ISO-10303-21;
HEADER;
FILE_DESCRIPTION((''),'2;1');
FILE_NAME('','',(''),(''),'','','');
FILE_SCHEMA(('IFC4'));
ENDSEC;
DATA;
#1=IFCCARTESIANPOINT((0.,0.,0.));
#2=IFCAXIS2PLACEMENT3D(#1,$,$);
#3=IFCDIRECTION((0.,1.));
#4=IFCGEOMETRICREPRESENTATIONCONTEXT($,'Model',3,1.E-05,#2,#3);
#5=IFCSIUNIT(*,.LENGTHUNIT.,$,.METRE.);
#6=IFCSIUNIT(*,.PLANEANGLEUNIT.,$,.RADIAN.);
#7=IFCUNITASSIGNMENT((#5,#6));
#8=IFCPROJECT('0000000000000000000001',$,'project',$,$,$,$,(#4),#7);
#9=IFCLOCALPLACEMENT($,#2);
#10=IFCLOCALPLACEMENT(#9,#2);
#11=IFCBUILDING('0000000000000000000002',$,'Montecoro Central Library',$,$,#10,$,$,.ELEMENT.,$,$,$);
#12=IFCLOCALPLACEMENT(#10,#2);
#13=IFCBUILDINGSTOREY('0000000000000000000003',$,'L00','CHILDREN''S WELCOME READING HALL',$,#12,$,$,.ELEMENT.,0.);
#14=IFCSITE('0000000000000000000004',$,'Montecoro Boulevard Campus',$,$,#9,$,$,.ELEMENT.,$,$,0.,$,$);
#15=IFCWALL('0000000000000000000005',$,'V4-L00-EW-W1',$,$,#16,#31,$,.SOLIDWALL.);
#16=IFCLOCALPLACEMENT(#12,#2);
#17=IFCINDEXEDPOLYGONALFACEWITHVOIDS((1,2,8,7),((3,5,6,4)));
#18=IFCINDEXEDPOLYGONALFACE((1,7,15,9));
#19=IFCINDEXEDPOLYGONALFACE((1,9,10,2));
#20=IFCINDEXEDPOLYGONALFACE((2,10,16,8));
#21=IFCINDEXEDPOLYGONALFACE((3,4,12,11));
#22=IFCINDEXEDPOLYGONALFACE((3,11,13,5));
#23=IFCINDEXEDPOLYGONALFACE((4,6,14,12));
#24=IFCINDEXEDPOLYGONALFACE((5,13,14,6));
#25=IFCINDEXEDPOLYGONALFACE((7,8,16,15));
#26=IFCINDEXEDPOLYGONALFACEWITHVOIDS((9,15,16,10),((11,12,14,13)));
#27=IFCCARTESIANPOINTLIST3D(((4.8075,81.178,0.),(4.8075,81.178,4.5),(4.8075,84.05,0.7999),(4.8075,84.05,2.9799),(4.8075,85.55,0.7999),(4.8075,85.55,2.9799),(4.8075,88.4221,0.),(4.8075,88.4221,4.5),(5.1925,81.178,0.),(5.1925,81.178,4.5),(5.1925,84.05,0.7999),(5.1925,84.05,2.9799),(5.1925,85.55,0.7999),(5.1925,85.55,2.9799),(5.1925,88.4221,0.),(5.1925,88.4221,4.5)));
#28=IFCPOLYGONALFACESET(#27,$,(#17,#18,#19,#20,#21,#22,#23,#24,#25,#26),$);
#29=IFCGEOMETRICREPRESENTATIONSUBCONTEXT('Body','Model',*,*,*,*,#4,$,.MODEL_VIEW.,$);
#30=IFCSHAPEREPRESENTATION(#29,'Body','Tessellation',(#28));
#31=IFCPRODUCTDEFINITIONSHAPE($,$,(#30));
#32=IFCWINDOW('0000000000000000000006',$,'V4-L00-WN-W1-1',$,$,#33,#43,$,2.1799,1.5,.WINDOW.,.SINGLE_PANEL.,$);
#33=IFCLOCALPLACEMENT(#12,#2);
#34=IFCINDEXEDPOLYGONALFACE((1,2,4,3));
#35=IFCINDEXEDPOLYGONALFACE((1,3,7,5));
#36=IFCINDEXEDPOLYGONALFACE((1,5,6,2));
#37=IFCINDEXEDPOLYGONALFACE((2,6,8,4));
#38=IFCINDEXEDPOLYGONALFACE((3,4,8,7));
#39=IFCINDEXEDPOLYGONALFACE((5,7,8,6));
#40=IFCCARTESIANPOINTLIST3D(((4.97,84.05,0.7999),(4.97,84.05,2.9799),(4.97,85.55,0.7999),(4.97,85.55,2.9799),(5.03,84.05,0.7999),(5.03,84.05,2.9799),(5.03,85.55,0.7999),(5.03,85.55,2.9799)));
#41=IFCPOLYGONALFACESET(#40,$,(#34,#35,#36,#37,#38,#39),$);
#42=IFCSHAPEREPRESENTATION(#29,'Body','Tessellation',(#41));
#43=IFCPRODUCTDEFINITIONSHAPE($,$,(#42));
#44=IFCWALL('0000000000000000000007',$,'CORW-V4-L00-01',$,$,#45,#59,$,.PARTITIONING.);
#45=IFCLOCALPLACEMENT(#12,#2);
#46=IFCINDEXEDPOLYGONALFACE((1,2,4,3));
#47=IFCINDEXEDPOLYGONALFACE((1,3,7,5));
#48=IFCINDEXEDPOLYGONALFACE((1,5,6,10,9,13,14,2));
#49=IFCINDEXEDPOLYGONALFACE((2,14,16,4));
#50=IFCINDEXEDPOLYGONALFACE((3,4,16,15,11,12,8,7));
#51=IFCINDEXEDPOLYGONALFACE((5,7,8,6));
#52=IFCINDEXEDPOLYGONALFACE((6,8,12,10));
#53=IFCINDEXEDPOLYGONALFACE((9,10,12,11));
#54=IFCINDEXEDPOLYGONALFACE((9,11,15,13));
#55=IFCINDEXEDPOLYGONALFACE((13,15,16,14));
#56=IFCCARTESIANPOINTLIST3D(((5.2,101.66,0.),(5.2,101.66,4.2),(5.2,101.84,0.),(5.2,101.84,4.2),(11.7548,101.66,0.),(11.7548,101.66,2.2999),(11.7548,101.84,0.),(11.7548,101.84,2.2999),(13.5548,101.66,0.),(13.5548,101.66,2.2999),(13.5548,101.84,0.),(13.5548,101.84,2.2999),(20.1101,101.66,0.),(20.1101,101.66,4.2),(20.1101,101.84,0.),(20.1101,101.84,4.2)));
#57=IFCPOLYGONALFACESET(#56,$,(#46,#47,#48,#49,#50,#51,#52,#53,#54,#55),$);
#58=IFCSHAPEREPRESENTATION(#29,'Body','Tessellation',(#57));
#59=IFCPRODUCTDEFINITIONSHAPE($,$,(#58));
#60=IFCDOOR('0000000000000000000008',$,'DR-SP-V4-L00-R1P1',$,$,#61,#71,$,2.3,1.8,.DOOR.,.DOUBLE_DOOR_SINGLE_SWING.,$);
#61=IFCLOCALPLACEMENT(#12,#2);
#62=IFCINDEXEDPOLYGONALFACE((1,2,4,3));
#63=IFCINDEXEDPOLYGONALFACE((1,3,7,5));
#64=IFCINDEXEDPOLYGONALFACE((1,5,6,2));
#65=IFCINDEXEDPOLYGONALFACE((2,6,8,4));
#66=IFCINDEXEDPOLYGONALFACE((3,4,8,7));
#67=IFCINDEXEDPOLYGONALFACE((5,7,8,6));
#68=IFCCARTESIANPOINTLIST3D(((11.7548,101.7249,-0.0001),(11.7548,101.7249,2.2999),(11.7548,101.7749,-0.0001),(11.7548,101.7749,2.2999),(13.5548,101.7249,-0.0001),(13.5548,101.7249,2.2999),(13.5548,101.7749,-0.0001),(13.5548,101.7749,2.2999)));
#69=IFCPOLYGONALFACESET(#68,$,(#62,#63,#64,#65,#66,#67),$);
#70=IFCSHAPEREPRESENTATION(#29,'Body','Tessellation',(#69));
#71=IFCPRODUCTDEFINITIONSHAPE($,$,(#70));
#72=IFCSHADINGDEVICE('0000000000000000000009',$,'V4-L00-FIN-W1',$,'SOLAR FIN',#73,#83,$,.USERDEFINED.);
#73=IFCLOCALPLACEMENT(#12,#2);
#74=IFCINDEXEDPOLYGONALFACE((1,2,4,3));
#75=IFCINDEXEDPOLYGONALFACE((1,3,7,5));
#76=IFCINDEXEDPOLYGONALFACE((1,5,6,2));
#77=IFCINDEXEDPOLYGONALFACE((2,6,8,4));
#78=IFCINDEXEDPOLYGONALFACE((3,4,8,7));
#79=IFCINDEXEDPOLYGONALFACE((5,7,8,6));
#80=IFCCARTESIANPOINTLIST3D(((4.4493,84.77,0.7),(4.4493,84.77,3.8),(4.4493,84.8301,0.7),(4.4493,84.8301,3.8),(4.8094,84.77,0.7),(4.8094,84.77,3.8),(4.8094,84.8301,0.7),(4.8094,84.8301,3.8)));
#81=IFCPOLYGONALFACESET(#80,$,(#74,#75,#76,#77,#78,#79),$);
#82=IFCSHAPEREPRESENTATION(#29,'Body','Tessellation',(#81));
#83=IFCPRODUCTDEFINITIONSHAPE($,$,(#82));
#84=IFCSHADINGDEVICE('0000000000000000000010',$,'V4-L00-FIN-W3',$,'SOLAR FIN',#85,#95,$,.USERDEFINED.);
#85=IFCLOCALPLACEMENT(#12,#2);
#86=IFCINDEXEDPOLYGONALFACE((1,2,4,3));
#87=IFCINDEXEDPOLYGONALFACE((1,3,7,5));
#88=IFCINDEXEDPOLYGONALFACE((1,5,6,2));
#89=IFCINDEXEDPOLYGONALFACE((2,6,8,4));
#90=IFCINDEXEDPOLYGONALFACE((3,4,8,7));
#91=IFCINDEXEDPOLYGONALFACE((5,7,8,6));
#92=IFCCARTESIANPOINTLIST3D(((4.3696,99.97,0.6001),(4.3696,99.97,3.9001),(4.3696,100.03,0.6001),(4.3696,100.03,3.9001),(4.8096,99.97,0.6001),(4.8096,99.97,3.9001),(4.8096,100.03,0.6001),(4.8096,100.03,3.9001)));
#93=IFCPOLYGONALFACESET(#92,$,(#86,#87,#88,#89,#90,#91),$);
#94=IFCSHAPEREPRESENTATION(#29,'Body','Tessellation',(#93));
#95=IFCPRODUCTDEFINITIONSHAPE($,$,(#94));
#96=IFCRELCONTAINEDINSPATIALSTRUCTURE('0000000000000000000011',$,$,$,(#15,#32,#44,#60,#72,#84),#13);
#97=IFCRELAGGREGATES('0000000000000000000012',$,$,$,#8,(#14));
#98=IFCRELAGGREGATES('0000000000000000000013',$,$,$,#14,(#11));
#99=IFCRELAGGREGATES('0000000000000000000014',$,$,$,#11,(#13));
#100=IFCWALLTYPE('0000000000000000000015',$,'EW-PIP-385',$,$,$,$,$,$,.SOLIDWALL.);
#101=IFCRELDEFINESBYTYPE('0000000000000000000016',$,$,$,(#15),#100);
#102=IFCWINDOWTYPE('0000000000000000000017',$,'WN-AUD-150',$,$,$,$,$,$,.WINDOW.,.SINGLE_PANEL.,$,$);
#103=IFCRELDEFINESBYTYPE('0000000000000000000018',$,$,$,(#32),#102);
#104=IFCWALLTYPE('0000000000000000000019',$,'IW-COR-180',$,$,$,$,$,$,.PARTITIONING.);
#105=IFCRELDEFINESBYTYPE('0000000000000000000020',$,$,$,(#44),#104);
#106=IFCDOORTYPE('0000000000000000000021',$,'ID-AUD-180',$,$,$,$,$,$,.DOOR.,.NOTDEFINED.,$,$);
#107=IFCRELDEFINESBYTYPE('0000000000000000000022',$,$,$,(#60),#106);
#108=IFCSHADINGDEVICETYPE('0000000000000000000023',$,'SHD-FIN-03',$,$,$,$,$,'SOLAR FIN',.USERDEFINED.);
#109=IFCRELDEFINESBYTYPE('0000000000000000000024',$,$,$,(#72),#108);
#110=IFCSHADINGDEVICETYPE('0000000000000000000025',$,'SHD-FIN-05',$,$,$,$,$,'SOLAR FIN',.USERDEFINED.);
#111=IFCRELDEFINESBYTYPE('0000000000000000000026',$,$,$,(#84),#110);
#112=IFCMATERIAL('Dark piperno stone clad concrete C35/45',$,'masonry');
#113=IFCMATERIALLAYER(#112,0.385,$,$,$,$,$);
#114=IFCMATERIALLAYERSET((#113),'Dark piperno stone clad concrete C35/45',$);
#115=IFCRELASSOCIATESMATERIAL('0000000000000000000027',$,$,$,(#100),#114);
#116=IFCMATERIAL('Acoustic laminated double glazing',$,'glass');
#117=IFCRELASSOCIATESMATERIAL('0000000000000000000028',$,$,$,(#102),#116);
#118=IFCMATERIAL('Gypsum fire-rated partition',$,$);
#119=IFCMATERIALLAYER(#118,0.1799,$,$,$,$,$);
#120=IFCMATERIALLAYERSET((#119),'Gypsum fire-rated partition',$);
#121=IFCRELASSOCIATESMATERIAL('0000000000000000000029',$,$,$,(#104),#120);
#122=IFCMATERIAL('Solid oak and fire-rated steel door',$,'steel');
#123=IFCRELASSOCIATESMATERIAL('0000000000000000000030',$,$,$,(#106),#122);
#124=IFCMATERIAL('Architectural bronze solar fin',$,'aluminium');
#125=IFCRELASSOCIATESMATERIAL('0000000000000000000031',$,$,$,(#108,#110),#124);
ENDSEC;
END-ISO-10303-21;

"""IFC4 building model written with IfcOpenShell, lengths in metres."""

from ifc_helpers import new_model, si_unit, direction, frame, frame_2d, origin, origin_2d, place, context, subcontext, project, spatial, rectangle, extrude, material, layer, layer_set, type_object, element, fill, save


model = new_model("IFC4")

# Units and contexts
model_context = context("Model", 3, precision=1e-05, world=origin(), true_north=direction((0.0, 1.0)))
body_context = subcontext(model_context, "Body", "Model", "MODEL_VIEW")
ifc_project = project(units=[si_unit("LENGTHUNIT", "METRE"), si_unit("PLANEANGLEUNIT", "RADIAN")], contexts=[model_context])

# Site, building, storey
site_placement = place(None, origin())
site = spatial("IfcSite", under=ifc_project, at=site_placement, Name="Montecoro Boulevard Campus", CompositionType="ELEMENT", RefElevation=0.0)
building_placement = place(site_placement, origin())
building = spatial("IfcBuilding", under=site, at=building_placement, Name="Montecoro Central Library", CompositionType="ELEMENT")
storey_placement = place(building_placement, origin())
storey = spatial("IfcBuildingStorey", under=building, at=storey_placement, Name="L00", Description="CHILDREN'S WELCOME READING HALL", CompositionType="ELEMENT", Elevation=0.0)

# Shared definitions
ifc_material_1 = material(Name="Dark piperno stone clad concrete C35/45", Category="masonry")
ifc_layer_1 = layer(ifc_material_1, 0.385)
ifc_layer_set_1 = layer_set([ifc_layer_1], Name="Dark piperno stone clad concrete C35/45")
wall_type_1 = type_object("IfcWallType", Name="EW-PIP-385", PredefinedType="SOLIDWALL", material=ifc_layer_set_1)

# Wall, opening, window
wall_1_placement = place(storey_placement, frame((5.0, 88.4221, 0.0), z_axis=(0.0, 0.0, 1.0), x_axis=(0.0, -1.0, 0.0)))
wall_1 = element("IfcWall", 1, at=wall_1_placement, inside=storey, type_object=wall_type_1, Name="V4-L00-EW-W1", PredefinedType="SOLIDWALL", context=body_context, shape_type="SweptSolid", body=[
    extrude(rectangle(XDim=7.2441, YDim=0.385, at=frame_2d((3.6221, 0.0))), origin(), (0.0, 0.0, 1.0), 4.5),
])
opening_1_placement = place(wall_1_placement, frame((2.8721, 0.0, 0.8)))
opening_1 = element("IfcOpeningElement", 2, at=opening_1_placement, cuts=wall_1, PredefinedType="OPENING", context=body_context, shape_type="SweptSolid", body=[
    extrude(rectangle(XDim=1.5, YDim=2.1799, at=frame_2d((0.75, 1.0898))), frame((0.0, 0.2024, 0.0), z_axis=(0.0, -1.0, 0.0), x_axis=(1.0, 0.0, 0.0)), (0.0, 0.0, 1.0), 0.405),
])
ifc_material_2 = material(Name="Acoustic laminated double glazing", Category="glass")
window_type = type_object("IfcWindowType", Name="WN-AUD-150", PartitioningType="SINGLE_PANEL", PredefinedType="WINDOW", material=ifc_material_2)
window_placement = place(opening_1_placement, origin())
window = element("IfcWindow", 3, at=window_placement, inside=storey, type_object=window_type, Name="V4-L00-WN-W1-1", OverallHeight=2.1799, OverallWidth=1.5, PartitioningType="SINGLE_PANEL", PredefinedType="WINDOW", context=body_context, shape_type="SweptSolid", body=[
    extrude(rectangle(XDim=1.5, YDim=2.1799, at=frame_2d((0.75, 1.0898))), frame((0.0, 0.03, 0.0), z_axis=(0.0, -1.0, 0.0), x_axis=(1.0, 0.0, 0.0)), (0.0, 0.0, 1.0), 0.0601),
])
fill(opening_1, window)

# Wall, opening, door
ifc_material_3 = material(Name="Gypsum fire-rated partition")
ifc_layer_2 = layer(ifc_material_3, 0.1799)
ifc_layer_set_2 = layer_set([ifc_layer_2], Name="Gypsum fire-rated partition")
wall_type_2 = type_object("IfcWallType", Name="IW-COR-180", PredefinedType="PARTITIONING", material=ifc_layer_set_2)
wall_2_placement = place(storey_placement, frame((5.2, 101.75, 0.0), z_axis=(0.0, 0.0, 1.0), x_axis=(1.0, 0.0, 0.0)))
wall_2 = element("IfcWall", 4, at=wall_2_placement, inside=storey, type_object=wall_type_2, Name="CORW-V4-L00-01", PredefinedType="PARTITIONING", context=body_context, shape_type="SweptSolid", body=[
    extrude(rectangle(XDim=14.9102, YDim=0.1799, at=frame_2d((7.4551, 0.0))), origin(), (0.0, 0.0, 1.0), 4.2),
])
opening_2_placement = place(wall_2_placement, frame((6.5549, 0.0, 0.0)))
opening_2 = element("IfcOpeningElement", 5, at=opening_2_placement, cuts=wall_2, PredefinedType="OPENING", context=body_context, shape_type="SweptSolid", body=[
    extrude(rectangle(XDim=1.8, YDim=2.3, at=frame_2d((0.8999, 1.1499))), frame((0.0, 0.0999, 0.0), z_axis=(0.0, -1.0, 0.0), x_axis=(1.0, 0.0, 0.0)), (0.0, 0.0, 1.0), 0.2),
])
ifc_material_4 = material(Name="Solid oak and fire-rated steel door", Category="steel")
door_type_1 = type_object("IfcDoorType", Name="ID-AUD-180", OperationType="NOTDEFINED", PredefinedType="DOOR", material=ifc_material_4)
door_1_placement = place(opening_2_placement, origin())
door_1 = element("IfcDoor", 6, at=door_1_placement, inside=storey, type_object=door_type_1, Name="DR-SP-V4-L00-R1P1", OperationType="DOUBLE_DOOR_SINGLE_SWING", OverallHeight=2.3, OverallWidth=1.8, PredefinedType="DOOR", context=body_context, shape_type="SweptSolid", body=[
    extrude(rectangle(XDim=1.8, YDim=2.3, at=frame_2d((0.8999, 1.1499))), frame((0.0, 0.0249, 0.0), z_axis=(0.0, -1.0, 0.0), x_axis=(1.0, 0.0, 0.0)), (0.0, 0.0, 1.0), 0.05),
])
fill(opening_2, door_1)

# Shading devices
ifc_material_5 = material(Name="Architectural bronze solar fin", Category="aluminium")
shading_device_type_1 = type_object("IfcShadingDeviceType", Name="SHD-FIN-03", ElementType="SOLAR FIN", PredefinedType="USERDEFINED", material=ifc_material_5)
shading_device_1_placement = place(storey_placement, frame((4.6294, 84.8, 0.7), z_axis=(0.0, 0.0, 1.0), x_axis=(0.0, -1.0, 0.0)))
element("IfcShadingDevice", 7, at=shading_device_1_placement, inside=storey, type_object=shading_device_type_1, Name="V4-L00-FIN-W1", ObjectType="SOLAR FIN", PredefinedType="USERDEFINED", context=body_context, shape_type="SweptSolid", body=[
    extrude(rectangle(XDim=0.0601, YDim=0.3601, at=origin_2d()), origin(), (0.0, 0.0, 1.0), 3.1001),
])
shading_device_type_2 = type_object("IfcShadingDeviceType", Name="SHD-FIN-05", ElementType="SOLAR FIN", PredefinedType="USERDEFINED", material=ifc_material_5)
shading_device_2_placement = place(storey_placement, frame((4.5896, 100.0, 0.6001), z_axis=(0.0, 0.0, 1.0), x_axis=(0.0, -1.0, 0.0)))
element("IfcShadingDevice", 8, at=shading_device_2_placement, inside=storey, type_object=shading_device_type_2, Name="V4-L00-FIN-W3", ObjectType="SOLAR FIN", PredefinedType="USERDEFINED", context=body_context, shape_type="SweptSolid", body=[
    extrude(rectangle(XDim=0.0601, YDim=0.4399, at=origin_2d()), origin(), (0.0, 0.0, 1.0), 3.3),
])

save(model, "model.ifc")
